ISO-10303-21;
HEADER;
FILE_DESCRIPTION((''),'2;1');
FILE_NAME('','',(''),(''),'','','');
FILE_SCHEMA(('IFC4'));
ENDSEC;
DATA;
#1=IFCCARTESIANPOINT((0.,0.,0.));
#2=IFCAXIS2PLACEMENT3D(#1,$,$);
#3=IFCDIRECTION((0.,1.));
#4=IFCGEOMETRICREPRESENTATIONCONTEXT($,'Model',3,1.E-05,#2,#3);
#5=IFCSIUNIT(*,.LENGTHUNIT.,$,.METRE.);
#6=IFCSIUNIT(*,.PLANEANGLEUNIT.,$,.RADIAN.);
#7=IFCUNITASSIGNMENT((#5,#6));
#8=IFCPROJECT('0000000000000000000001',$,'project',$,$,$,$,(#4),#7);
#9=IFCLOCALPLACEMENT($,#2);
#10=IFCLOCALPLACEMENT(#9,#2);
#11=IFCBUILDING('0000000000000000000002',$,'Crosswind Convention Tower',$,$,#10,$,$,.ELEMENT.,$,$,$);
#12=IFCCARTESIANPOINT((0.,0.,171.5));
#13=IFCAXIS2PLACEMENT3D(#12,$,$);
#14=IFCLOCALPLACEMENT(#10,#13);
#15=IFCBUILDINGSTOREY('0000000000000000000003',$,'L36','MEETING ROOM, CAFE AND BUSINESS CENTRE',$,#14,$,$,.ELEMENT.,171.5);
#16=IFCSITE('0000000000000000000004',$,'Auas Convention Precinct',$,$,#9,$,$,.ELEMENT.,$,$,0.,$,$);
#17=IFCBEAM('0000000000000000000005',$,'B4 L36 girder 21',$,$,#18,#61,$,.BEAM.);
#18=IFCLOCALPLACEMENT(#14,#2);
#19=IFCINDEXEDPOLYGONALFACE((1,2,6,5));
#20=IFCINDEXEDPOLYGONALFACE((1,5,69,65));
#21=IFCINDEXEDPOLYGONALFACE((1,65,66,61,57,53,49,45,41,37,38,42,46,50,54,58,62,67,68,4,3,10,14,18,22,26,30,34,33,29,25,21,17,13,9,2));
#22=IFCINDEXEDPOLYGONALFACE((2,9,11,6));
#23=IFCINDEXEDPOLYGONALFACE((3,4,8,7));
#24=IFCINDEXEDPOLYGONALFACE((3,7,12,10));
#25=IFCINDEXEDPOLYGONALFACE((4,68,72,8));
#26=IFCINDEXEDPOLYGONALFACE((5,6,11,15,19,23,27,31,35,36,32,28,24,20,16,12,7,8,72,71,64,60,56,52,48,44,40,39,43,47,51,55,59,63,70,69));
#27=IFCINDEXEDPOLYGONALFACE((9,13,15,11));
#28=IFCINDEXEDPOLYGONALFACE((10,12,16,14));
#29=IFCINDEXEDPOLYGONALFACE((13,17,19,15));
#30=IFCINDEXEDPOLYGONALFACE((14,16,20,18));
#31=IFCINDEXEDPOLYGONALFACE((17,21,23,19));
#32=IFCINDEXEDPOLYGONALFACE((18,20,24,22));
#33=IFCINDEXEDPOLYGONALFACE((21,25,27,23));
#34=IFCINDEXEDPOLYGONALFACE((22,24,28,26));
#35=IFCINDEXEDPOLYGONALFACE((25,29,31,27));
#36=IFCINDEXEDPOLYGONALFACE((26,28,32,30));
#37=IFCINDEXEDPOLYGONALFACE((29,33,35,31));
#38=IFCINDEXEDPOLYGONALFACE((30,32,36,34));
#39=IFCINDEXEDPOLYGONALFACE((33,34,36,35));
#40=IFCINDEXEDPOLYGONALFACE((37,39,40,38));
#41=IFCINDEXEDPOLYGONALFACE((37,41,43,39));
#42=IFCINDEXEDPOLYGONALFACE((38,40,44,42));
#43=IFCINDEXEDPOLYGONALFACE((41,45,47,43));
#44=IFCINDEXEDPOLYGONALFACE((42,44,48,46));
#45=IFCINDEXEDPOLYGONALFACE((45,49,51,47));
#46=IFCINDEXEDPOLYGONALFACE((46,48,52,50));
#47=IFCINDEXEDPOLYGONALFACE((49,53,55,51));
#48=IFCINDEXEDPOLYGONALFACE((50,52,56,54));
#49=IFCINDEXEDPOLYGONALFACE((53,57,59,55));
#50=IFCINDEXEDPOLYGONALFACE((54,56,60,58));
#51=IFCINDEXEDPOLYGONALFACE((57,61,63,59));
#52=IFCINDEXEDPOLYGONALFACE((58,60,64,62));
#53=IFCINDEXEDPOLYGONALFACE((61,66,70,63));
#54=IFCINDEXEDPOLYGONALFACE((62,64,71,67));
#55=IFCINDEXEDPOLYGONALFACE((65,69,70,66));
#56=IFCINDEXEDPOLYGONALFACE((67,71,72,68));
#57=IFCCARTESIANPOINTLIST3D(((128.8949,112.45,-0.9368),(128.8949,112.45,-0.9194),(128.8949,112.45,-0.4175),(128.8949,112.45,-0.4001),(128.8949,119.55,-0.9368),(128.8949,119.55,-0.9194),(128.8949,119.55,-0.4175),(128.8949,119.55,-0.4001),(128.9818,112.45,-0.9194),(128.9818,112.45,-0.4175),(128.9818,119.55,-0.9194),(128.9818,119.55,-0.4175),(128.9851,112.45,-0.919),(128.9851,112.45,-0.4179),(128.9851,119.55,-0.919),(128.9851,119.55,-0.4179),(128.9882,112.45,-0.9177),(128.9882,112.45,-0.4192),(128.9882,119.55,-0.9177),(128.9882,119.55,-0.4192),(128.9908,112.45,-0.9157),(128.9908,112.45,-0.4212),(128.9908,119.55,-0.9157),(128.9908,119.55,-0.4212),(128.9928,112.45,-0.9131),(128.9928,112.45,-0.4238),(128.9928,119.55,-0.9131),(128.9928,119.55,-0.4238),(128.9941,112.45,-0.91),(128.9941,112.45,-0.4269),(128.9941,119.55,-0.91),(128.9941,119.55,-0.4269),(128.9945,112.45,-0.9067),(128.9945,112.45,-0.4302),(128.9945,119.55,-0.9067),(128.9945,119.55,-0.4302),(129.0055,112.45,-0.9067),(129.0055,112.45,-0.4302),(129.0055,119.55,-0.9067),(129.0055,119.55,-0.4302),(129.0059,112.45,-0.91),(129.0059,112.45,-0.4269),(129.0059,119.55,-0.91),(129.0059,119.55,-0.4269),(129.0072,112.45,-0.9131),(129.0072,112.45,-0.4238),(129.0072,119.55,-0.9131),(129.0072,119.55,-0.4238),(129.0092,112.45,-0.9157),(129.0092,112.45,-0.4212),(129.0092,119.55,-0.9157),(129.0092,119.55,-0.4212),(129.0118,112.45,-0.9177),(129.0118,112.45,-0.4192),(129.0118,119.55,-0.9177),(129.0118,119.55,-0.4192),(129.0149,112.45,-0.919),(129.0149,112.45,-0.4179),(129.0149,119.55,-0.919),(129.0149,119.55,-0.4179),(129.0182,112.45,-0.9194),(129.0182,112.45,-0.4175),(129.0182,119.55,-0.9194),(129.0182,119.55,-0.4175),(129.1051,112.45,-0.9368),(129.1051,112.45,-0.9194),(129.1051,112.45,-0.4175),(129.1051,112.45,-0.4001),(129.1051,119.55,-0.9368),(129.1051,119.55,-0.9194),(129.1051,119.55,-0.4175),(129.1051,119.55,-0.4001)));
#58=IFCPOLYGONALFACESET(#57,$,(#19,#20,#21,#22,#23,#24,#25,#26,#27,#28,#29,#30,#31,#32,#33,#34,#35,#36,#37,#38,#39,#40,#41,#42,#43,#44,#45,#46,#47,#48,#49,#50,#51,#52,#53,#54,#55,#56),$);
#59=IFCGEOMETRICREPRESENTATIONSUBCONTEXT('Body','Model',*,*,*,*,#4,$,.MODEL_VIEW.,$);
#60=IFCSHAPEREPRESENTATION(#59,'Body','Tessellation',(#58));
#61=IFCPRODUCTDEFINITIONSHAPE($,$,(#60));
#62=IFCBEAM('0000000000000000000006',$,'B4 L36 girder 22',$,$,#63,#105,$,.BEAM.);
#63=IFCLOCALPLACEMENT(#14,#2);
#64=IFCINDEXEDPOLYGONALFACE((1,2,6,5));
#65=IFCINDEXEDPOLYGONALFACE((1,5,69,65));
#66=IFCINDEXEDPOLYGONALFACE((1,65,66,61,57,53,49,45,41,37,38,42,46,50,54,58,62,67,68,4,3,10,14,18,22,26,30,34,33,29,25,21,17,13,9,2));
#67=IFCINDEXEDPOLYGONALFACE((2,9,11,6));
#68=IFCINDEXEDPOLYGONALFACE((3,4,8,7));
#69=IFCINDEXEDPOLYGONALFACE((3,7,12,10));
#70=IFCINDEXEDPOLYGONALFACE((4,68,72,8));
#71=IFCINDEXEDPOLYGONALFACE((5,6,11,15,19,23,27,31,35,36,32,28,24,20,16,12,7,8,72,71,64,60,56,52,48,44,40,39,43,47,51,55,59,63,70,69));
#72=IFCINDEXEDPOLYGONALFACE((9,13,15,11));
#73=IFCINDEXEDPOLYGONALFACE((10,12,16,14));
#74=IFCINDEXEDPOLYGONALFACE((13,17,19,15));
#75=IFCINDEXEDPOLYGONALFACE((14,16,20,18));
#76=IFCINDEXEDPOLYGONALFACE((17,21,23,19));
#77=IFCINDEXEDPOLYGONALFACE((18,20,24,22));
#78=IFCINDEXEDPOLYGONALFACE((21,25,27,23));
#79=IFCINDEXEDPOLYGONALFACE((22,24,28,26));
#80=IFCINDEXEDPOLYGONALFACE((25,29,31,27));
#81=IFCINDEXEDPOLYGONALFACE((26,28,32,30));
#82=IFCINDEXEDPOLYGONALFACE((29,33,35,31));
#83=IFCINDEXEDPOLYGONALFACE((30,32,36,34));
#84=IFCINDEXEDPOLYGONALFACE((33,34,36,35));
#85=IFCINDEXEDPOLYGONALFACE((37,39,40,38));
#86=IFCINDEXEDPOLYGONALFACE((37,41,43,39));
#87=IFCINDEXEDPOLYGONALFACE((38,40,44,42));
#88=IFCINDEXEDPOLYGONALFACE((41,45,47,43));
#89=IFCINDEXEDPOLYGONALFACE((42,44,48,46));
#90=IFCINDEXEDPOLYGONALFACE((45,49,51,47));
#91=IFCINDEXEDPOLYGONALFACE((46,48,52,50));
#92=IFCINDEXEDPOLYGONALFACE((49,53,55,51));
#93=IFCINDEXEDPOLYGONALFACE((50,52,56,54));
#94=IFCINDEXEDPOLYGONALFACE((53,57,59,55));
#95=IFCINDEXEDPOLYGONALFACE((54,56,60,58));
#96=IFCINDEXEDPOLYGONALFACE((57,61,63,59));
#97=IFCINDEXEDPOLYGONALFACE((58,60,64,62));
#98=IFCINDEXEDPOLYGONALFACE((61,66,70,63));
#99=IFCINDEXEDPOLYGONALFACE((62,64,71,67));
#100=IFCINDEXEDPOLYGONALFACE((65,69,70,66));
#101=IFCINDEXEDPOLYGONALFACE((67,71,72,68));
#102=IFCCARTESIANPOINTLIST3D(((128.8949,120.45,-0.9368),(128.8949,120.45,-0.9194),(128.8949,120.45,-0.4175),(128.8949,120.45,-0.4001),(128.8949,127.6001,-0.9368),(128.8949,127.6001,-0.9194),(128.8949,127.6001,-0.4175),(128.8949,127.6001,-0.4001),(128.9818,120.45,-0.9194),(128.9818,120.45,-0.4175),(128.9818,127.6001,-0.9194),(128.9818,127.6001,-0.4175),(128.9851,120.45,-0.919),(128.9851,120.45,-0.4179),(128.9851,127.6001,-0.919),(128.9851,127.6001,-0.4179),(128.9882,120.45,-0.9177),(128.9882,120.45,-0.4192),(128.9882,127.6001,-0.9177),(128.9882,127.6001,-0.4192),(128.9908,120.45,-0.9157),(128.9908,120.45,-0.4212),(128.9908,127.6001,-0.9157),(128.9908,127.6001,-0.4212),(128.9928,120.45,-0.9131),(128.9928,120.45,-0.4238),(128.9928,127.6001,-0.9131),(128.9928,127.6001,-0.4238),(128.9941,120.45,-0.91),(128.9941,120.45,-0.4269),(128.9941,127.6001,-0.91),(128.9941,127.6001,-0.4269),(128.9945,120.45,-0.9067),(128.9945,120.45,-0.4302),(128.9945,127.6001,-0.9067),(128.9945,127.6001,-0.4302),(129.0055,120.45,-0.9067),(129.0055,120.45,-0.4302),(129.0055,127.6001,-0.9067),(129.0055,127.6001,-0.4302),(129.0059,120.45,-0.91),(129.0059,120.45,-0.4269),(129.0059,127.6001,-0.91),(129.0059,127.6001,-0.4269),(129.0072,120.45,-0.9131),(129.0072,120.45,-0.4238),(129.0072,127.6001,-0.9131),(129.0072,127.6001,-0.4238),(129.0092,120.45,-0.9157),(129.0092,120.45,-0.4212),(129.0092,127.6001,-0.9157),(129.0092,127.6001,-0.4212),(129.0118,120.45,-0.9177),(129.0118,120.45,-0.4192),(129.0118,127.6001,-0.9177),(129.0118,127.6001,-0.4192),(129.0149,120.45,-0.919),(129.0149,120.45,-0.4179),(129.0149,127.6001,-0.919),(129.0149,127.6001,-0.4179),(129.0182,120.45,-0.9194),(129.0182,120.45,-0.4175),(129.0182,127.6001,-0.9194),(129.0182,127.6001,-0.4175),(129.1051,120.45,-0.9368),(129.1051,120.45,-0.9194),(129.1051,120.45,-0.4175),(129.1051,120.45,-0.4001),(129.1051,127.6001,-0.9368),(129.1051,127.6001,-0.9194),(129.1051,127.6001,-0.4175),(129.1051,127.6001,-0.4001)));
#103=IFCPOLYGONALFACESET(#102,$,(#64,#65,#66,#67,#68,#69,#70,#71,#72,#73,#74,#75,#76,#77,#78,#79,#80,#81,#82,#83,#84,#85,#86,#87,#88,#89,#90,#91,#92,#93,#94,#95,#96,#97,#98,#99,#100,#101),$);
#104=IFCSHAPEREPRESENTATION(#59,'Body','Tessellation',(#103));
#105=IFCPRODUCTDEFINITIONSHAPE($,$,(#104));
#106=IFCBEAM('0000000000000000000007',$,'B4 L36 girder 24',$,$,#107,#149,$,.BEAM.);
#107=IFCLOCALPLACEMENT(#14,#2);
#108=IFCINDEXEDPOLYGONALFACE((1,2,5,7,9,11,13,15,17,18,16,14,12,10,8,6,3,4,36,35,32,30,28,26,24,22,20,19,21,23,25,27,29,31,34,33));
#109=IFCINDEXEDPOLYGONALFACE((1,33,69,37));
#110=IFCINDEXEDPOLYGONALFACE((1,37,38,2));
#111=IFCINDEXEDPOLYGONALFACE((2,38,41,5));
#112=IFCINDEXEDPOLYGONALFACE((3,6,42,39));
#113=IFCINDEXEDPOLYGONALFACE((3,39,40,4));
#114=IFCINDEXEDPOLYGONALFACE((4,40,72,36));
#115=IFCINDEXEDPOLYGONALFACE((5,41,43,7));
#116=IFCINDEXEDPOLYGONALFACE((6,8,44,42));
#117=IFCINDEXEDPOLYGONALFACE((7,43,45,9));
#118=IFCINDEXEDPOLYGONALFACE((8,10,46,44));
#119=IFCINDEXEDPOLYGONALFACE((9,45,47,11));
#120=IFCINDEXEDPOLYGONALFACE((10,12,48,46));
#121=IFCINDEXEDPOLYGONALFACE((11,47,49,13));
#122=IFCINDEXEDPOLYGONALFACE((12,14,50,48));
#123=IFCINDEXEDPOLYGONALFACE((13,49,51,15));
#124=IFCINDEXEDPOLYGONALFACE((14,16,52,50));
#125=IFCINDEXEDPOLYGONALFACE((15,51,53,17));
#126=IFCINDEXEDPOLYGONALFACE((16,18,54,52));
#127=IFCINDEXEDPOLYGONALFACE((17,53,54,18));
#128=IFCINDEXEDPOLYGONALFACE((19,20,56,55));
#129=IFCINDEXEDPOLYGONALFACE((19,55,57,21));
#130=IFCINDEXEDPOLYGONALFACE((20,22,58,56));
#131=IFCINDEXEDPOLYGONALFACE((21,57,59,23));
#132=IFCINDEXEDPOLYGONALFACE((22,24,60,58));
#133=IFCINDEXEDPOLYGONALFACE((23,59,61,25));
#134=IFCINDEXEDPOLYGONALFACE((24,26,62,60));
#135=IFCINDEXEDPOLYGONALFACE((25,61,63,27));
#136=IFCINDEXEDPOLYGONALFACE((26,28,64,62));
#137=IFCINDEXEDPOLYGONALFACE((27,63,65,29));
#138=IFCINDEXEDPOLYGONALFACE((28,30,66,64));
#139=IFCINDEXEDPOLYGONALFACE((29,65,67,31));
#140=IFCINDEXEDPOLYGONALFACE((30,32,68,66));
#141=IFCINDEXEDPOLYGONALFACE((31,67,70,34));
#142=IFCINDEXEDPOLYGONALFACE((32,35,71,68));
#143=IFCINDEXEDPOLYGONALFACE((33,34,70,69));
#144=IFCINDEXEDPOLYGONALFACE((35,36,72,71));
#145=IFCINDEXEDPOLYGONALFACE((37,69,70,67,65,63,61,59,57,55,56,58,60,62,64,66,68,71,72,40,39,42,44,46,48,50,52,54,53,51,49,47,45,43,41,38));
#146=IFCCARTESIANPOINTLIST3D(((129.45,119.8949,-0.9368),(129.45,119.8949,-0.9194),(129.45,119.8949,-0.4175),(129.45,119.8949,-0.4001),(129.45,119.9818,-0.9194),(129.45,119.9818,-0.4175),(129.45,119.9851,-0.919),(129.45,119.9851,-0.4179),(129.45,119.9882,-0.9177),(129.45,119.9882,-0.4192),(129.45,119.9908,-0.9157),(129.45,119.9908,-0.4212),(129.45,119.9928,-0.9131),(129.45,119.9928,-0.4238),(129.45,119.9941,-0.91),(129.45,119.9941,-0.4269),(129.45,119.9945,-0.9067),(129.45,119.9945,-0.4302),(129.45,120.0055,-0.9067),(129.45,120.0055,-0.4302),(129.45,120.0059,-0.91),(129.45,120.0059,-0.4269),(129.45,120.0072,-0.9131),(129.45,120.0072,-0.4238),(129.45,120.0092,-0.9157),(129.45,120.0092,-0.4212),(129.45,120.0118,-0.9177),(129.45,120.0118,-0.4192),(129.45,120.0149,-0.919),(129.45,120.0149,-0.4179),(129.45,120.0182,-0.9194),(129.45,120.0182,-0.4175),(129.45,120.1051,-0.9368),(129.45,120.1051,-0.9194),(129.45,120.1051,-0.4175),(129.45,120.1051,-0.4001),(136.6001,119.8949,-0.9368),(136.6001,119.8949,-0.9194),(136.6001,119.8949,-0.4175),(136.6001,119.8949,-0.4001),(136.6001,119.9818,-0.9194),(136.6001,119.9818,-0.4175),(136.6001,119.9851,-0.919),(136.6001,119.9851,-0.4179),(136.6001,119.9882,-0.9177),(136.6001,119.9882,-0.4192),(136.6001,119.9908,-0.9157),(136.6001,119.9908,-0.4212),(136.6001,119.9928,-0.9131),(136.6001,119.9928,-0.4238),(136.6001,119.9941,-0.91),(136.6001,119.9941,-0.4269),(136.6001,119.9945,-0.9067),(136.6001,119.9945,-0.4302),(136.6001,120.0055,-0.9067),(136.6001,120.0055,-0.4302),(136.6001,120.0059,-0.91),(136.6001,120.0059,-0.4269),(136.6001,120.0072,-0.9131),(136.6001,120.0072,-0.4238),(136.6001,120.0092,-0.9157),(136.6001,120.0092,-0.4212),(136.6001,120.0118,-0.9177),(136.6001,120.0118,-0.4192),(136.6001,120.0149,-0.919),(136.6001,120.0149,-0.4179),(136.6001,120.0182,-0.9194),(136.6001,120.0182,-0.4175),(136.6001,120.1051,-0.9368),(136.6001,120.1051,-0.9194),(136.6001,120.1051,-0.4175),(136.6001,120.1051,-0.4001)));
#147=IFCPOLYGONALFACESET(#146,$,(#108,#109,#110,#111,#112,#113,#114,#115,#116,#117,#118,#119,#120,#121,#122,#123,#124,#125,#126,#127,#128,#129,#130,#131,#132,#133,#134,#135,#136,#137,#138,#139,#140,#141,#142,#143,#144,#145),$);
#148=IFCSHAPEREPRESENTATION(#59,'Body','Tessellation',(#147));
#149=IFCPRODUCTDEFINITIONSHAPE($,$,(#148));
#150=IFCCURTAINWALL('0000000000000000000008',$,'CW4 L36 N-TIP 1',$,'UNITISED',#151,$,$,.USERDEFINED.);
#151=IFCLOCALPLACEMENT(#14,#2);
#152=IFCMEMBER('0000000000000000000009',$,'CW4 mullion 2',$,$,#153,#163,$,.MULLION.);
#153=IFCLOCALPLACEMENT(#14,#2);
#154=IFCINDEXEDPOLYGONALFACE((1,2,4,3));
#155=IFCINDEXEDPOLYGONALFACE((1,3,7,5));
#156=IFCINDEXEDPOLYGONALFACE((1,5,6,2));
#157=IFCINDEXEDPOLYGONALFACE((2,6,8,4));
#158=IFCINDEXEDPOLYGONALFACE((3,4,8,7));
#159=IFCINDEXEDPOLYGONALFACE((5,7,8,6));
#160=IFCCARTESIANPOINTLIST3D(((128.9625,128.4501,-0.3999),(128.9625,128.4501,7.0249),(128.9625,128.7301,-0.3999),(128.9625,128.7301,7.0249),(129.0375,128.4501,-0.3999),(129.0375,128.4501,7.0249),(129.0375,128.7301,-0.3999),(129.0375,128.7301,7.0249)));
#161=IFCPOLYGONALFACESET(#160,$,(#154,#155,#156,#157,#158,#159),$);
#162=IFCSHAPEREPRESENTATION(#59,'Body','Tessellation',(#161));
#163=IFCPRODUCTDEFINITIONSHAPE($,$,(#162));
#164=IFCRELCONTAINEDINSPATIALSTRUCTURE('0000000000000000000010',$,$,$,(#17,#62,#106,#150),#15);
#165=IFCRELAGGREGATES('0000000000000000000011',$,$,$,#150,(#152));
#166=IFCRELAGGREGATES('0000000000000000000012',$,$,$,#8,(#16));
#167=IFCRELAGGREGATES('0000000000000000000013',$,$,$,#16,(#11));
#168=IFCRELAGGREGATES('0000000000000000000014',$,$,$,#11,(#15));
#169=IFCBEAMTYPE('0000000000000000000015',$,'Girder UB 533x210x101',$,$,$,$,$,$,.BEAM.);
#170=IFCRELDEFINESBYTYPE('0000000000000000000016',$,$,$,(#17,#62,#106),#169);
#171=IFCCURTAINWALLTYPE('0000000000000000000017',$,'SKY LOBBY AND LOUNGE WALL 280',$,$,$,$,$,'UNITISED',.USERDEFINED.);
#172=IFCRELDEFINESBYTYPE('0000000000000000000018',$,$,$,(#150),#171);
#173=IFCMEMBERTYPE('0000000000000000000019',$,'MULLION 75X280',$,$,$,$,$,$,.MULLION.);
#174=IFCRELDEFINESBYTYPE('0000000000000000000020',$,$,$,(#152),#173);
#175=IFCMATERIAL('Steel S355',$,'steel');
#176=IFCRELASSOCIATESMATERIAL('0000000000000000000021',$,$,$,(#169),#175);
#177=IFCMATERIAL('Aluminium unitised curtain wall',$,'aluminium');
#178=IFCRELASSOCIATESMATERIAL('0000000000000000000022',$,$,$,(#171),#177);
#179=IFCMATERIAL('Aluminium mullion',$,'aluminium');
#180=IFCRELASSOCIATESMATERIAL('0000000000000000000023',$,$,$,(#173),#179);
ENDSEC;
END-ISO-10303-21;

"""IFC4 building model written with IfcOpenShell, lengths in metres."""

from ifc_helpers import new_model, si_unit, direction, frame, origin, origin_2d, place, context, subcontext, project, spatial, rectangle, i_section, extrude, material, material_profile, profile_set, type_object, element, aggregate, save


model = new_model("IFC4")

# Units and contexts
model_context = context("Model", 3, precision=1e-05, world=origin(), true_north=direction((0.0, 1.0)))
body_context = subcontext(model_context, "Body", "Model", "MODEL_VIEW")
ifc_project = project(units=[si_unit("LENGTHUNIT", "METRE"), si_unit("PLANEANGLEUNIT", "RADIAN")], contexts=[model_context])

# Site, building, storey
site_placement = place(None, origin())
site = spatial("IfcSite", under=ifc_project, at=site_placement, Name="Auas Convention Precinct", CompositionType="ELEMENT", RefElevation=0.0)
building_placement = place(site_placement, origin())
building = spatial("IfcBuilding", under=site, at=building_placement, Name="Crosswind Convention Tower", CompositionType="ELEMENT")
storey_placement = place(building_placement, frame((0.0, 0.0, 171.5)))
storey = spatial("IfcBuildingStorey", under=building, at=storey_placement, Name="L36", Description="MEETING ROOM, CAFE AND BUSINESS CENTRE", CompositionType="ELEMENT", Elevation=171.5)

# Beams
ifc_material_1 = material(Name="Steel S355", Category="steel")
ifc_material_profile_1 = material_profile(ifc_material_1, i_section(OverallWidth=0.2102, OverallDepth=0.5366, WebThickness=0.011, FlangeThickness=0.0173, FilletRadius=0.0127, at=origin_2d()), Name="UB 533x210x101")
ifc_profile_set_1 = profile_set([ifc_material_profile_1], Name="Steel S355")
beam_type_1 = type_object("IfcBeamType", Name="Girder UB 533x210x101", PredefinedType="BEAM", material=ifc_profile_set_1)
for number, where, z_axis, x_axis, name in (
    (1, (129.0, 112.45, -0.6685), (0.0, 1.0, 0.0), (-1.0, 0.0, 0.0), "B4 L36 girder 21"),
):
    element("IfcBeam", number, at=place(storey_placement, frame(where, z_axis=z_axis, x_axis=x_axis)), inside=storey, type_object=beam_type_1, Name=name, PredefinedType="BEAM", context=body_context, shape_type="SweptSolid", body=[
        extrude(i_section(OverallWidth=0.2102, OverallDepth=0.5366, WebThickness=0.011, FlangeThickness=0.0173, FilletRadius=0.0127, at=origin_2d()), origin(), (0.0, 0.0, 1.0), 7.1001),
    ])
for number, where, z_axis, x_axis, name in (
    (2, (129.0, 120.45, -0.6685), (0.0, 1.0, 0.0), (-1.0, 0.0, 0.0), "B4 L36 girder 22"),
    (3, (129.45, 120.0, -0.6685), (1.0, 0.0, 0.0), (0.0, 1.0, 0.0), "B4 L36 girder 24"),
):
    element("IfcBeam", number, at=place(storey_placement, frame(where, z_axis=z_axis, x_axis=x_axis)), inside=storey, type_object=beam_type_1, Name=name, PredefinedType="BEAM", context=body_context, shape_type="SweptSolid", body=[
        extrude(i_section(OverallWidth=0.2102, OverallDepth=0.5366, WebThickness=0.011, FlangeThickness=0.0173, FilletRadius=0.0127, at=origin_2d()), origin(), (0.0, 0.0, 1.0), 7.1501),
    ])

# Curtain wall, member
ifc_material_2 = material(Name="Aluminium unitised curtain wall", Category="aluminium")
curtain_wall_type = type_object("IfcCurtainWallType", Name="SKY LOBBY AND LOUNGE WALL 280", ElementType="UNITISED", PredefinedType="USERDEFINED", material=ifc_material_2)
curtain_wall_placement = place(storey_placement, origin())
curtain_wall = element("IfcCurtainWall", 4, at=curtain_wall_placement, inside=storey, type_object=curtain_wall_type, Name="CW4 L36 N-TIP 1", ObjectType="UNITISED", PredefinedType="USERDEFINED")
ifc_material_3 = material(Name="Aluminium mullion", Category="aluminium")
ifc_material_profile_2 = material_profile(ifc_material_3, rectangle(XDim=0.28, YDim=0.075, at=origin_2d()), Name="AL 280X75")
ifc_profile_set_2 = profile_set([ifc_material_profile_2], Name="Aluminium mullion")
member_type = type_object("IfcMemberType", Name="MULLION 75X280", PredefinedType="MULLION", material=ifc_profile_set_2)
member_placement = place(storey_placement, frame((129.0, 128.5901, -0.3999), z_axis=(0.0, 0.0, 1.0), x_axis=(0.0, 1.0, 0.0)))
member = element("IfcMember", 5, at=member_placement, type_object=member_type, Name="CW4 mullion 2", PredefinedType="MULLION", context=body_context, shape_type="SweptSolid", body=[
    extrude(rectangle(XDim=0.28, YDim=0.075, at=origin_2d()), origin(), (0.0, 0.0, 1.0), 7.4248),
])

aggregate(curtain_wall, [member])

save(model, "model.ifc")
